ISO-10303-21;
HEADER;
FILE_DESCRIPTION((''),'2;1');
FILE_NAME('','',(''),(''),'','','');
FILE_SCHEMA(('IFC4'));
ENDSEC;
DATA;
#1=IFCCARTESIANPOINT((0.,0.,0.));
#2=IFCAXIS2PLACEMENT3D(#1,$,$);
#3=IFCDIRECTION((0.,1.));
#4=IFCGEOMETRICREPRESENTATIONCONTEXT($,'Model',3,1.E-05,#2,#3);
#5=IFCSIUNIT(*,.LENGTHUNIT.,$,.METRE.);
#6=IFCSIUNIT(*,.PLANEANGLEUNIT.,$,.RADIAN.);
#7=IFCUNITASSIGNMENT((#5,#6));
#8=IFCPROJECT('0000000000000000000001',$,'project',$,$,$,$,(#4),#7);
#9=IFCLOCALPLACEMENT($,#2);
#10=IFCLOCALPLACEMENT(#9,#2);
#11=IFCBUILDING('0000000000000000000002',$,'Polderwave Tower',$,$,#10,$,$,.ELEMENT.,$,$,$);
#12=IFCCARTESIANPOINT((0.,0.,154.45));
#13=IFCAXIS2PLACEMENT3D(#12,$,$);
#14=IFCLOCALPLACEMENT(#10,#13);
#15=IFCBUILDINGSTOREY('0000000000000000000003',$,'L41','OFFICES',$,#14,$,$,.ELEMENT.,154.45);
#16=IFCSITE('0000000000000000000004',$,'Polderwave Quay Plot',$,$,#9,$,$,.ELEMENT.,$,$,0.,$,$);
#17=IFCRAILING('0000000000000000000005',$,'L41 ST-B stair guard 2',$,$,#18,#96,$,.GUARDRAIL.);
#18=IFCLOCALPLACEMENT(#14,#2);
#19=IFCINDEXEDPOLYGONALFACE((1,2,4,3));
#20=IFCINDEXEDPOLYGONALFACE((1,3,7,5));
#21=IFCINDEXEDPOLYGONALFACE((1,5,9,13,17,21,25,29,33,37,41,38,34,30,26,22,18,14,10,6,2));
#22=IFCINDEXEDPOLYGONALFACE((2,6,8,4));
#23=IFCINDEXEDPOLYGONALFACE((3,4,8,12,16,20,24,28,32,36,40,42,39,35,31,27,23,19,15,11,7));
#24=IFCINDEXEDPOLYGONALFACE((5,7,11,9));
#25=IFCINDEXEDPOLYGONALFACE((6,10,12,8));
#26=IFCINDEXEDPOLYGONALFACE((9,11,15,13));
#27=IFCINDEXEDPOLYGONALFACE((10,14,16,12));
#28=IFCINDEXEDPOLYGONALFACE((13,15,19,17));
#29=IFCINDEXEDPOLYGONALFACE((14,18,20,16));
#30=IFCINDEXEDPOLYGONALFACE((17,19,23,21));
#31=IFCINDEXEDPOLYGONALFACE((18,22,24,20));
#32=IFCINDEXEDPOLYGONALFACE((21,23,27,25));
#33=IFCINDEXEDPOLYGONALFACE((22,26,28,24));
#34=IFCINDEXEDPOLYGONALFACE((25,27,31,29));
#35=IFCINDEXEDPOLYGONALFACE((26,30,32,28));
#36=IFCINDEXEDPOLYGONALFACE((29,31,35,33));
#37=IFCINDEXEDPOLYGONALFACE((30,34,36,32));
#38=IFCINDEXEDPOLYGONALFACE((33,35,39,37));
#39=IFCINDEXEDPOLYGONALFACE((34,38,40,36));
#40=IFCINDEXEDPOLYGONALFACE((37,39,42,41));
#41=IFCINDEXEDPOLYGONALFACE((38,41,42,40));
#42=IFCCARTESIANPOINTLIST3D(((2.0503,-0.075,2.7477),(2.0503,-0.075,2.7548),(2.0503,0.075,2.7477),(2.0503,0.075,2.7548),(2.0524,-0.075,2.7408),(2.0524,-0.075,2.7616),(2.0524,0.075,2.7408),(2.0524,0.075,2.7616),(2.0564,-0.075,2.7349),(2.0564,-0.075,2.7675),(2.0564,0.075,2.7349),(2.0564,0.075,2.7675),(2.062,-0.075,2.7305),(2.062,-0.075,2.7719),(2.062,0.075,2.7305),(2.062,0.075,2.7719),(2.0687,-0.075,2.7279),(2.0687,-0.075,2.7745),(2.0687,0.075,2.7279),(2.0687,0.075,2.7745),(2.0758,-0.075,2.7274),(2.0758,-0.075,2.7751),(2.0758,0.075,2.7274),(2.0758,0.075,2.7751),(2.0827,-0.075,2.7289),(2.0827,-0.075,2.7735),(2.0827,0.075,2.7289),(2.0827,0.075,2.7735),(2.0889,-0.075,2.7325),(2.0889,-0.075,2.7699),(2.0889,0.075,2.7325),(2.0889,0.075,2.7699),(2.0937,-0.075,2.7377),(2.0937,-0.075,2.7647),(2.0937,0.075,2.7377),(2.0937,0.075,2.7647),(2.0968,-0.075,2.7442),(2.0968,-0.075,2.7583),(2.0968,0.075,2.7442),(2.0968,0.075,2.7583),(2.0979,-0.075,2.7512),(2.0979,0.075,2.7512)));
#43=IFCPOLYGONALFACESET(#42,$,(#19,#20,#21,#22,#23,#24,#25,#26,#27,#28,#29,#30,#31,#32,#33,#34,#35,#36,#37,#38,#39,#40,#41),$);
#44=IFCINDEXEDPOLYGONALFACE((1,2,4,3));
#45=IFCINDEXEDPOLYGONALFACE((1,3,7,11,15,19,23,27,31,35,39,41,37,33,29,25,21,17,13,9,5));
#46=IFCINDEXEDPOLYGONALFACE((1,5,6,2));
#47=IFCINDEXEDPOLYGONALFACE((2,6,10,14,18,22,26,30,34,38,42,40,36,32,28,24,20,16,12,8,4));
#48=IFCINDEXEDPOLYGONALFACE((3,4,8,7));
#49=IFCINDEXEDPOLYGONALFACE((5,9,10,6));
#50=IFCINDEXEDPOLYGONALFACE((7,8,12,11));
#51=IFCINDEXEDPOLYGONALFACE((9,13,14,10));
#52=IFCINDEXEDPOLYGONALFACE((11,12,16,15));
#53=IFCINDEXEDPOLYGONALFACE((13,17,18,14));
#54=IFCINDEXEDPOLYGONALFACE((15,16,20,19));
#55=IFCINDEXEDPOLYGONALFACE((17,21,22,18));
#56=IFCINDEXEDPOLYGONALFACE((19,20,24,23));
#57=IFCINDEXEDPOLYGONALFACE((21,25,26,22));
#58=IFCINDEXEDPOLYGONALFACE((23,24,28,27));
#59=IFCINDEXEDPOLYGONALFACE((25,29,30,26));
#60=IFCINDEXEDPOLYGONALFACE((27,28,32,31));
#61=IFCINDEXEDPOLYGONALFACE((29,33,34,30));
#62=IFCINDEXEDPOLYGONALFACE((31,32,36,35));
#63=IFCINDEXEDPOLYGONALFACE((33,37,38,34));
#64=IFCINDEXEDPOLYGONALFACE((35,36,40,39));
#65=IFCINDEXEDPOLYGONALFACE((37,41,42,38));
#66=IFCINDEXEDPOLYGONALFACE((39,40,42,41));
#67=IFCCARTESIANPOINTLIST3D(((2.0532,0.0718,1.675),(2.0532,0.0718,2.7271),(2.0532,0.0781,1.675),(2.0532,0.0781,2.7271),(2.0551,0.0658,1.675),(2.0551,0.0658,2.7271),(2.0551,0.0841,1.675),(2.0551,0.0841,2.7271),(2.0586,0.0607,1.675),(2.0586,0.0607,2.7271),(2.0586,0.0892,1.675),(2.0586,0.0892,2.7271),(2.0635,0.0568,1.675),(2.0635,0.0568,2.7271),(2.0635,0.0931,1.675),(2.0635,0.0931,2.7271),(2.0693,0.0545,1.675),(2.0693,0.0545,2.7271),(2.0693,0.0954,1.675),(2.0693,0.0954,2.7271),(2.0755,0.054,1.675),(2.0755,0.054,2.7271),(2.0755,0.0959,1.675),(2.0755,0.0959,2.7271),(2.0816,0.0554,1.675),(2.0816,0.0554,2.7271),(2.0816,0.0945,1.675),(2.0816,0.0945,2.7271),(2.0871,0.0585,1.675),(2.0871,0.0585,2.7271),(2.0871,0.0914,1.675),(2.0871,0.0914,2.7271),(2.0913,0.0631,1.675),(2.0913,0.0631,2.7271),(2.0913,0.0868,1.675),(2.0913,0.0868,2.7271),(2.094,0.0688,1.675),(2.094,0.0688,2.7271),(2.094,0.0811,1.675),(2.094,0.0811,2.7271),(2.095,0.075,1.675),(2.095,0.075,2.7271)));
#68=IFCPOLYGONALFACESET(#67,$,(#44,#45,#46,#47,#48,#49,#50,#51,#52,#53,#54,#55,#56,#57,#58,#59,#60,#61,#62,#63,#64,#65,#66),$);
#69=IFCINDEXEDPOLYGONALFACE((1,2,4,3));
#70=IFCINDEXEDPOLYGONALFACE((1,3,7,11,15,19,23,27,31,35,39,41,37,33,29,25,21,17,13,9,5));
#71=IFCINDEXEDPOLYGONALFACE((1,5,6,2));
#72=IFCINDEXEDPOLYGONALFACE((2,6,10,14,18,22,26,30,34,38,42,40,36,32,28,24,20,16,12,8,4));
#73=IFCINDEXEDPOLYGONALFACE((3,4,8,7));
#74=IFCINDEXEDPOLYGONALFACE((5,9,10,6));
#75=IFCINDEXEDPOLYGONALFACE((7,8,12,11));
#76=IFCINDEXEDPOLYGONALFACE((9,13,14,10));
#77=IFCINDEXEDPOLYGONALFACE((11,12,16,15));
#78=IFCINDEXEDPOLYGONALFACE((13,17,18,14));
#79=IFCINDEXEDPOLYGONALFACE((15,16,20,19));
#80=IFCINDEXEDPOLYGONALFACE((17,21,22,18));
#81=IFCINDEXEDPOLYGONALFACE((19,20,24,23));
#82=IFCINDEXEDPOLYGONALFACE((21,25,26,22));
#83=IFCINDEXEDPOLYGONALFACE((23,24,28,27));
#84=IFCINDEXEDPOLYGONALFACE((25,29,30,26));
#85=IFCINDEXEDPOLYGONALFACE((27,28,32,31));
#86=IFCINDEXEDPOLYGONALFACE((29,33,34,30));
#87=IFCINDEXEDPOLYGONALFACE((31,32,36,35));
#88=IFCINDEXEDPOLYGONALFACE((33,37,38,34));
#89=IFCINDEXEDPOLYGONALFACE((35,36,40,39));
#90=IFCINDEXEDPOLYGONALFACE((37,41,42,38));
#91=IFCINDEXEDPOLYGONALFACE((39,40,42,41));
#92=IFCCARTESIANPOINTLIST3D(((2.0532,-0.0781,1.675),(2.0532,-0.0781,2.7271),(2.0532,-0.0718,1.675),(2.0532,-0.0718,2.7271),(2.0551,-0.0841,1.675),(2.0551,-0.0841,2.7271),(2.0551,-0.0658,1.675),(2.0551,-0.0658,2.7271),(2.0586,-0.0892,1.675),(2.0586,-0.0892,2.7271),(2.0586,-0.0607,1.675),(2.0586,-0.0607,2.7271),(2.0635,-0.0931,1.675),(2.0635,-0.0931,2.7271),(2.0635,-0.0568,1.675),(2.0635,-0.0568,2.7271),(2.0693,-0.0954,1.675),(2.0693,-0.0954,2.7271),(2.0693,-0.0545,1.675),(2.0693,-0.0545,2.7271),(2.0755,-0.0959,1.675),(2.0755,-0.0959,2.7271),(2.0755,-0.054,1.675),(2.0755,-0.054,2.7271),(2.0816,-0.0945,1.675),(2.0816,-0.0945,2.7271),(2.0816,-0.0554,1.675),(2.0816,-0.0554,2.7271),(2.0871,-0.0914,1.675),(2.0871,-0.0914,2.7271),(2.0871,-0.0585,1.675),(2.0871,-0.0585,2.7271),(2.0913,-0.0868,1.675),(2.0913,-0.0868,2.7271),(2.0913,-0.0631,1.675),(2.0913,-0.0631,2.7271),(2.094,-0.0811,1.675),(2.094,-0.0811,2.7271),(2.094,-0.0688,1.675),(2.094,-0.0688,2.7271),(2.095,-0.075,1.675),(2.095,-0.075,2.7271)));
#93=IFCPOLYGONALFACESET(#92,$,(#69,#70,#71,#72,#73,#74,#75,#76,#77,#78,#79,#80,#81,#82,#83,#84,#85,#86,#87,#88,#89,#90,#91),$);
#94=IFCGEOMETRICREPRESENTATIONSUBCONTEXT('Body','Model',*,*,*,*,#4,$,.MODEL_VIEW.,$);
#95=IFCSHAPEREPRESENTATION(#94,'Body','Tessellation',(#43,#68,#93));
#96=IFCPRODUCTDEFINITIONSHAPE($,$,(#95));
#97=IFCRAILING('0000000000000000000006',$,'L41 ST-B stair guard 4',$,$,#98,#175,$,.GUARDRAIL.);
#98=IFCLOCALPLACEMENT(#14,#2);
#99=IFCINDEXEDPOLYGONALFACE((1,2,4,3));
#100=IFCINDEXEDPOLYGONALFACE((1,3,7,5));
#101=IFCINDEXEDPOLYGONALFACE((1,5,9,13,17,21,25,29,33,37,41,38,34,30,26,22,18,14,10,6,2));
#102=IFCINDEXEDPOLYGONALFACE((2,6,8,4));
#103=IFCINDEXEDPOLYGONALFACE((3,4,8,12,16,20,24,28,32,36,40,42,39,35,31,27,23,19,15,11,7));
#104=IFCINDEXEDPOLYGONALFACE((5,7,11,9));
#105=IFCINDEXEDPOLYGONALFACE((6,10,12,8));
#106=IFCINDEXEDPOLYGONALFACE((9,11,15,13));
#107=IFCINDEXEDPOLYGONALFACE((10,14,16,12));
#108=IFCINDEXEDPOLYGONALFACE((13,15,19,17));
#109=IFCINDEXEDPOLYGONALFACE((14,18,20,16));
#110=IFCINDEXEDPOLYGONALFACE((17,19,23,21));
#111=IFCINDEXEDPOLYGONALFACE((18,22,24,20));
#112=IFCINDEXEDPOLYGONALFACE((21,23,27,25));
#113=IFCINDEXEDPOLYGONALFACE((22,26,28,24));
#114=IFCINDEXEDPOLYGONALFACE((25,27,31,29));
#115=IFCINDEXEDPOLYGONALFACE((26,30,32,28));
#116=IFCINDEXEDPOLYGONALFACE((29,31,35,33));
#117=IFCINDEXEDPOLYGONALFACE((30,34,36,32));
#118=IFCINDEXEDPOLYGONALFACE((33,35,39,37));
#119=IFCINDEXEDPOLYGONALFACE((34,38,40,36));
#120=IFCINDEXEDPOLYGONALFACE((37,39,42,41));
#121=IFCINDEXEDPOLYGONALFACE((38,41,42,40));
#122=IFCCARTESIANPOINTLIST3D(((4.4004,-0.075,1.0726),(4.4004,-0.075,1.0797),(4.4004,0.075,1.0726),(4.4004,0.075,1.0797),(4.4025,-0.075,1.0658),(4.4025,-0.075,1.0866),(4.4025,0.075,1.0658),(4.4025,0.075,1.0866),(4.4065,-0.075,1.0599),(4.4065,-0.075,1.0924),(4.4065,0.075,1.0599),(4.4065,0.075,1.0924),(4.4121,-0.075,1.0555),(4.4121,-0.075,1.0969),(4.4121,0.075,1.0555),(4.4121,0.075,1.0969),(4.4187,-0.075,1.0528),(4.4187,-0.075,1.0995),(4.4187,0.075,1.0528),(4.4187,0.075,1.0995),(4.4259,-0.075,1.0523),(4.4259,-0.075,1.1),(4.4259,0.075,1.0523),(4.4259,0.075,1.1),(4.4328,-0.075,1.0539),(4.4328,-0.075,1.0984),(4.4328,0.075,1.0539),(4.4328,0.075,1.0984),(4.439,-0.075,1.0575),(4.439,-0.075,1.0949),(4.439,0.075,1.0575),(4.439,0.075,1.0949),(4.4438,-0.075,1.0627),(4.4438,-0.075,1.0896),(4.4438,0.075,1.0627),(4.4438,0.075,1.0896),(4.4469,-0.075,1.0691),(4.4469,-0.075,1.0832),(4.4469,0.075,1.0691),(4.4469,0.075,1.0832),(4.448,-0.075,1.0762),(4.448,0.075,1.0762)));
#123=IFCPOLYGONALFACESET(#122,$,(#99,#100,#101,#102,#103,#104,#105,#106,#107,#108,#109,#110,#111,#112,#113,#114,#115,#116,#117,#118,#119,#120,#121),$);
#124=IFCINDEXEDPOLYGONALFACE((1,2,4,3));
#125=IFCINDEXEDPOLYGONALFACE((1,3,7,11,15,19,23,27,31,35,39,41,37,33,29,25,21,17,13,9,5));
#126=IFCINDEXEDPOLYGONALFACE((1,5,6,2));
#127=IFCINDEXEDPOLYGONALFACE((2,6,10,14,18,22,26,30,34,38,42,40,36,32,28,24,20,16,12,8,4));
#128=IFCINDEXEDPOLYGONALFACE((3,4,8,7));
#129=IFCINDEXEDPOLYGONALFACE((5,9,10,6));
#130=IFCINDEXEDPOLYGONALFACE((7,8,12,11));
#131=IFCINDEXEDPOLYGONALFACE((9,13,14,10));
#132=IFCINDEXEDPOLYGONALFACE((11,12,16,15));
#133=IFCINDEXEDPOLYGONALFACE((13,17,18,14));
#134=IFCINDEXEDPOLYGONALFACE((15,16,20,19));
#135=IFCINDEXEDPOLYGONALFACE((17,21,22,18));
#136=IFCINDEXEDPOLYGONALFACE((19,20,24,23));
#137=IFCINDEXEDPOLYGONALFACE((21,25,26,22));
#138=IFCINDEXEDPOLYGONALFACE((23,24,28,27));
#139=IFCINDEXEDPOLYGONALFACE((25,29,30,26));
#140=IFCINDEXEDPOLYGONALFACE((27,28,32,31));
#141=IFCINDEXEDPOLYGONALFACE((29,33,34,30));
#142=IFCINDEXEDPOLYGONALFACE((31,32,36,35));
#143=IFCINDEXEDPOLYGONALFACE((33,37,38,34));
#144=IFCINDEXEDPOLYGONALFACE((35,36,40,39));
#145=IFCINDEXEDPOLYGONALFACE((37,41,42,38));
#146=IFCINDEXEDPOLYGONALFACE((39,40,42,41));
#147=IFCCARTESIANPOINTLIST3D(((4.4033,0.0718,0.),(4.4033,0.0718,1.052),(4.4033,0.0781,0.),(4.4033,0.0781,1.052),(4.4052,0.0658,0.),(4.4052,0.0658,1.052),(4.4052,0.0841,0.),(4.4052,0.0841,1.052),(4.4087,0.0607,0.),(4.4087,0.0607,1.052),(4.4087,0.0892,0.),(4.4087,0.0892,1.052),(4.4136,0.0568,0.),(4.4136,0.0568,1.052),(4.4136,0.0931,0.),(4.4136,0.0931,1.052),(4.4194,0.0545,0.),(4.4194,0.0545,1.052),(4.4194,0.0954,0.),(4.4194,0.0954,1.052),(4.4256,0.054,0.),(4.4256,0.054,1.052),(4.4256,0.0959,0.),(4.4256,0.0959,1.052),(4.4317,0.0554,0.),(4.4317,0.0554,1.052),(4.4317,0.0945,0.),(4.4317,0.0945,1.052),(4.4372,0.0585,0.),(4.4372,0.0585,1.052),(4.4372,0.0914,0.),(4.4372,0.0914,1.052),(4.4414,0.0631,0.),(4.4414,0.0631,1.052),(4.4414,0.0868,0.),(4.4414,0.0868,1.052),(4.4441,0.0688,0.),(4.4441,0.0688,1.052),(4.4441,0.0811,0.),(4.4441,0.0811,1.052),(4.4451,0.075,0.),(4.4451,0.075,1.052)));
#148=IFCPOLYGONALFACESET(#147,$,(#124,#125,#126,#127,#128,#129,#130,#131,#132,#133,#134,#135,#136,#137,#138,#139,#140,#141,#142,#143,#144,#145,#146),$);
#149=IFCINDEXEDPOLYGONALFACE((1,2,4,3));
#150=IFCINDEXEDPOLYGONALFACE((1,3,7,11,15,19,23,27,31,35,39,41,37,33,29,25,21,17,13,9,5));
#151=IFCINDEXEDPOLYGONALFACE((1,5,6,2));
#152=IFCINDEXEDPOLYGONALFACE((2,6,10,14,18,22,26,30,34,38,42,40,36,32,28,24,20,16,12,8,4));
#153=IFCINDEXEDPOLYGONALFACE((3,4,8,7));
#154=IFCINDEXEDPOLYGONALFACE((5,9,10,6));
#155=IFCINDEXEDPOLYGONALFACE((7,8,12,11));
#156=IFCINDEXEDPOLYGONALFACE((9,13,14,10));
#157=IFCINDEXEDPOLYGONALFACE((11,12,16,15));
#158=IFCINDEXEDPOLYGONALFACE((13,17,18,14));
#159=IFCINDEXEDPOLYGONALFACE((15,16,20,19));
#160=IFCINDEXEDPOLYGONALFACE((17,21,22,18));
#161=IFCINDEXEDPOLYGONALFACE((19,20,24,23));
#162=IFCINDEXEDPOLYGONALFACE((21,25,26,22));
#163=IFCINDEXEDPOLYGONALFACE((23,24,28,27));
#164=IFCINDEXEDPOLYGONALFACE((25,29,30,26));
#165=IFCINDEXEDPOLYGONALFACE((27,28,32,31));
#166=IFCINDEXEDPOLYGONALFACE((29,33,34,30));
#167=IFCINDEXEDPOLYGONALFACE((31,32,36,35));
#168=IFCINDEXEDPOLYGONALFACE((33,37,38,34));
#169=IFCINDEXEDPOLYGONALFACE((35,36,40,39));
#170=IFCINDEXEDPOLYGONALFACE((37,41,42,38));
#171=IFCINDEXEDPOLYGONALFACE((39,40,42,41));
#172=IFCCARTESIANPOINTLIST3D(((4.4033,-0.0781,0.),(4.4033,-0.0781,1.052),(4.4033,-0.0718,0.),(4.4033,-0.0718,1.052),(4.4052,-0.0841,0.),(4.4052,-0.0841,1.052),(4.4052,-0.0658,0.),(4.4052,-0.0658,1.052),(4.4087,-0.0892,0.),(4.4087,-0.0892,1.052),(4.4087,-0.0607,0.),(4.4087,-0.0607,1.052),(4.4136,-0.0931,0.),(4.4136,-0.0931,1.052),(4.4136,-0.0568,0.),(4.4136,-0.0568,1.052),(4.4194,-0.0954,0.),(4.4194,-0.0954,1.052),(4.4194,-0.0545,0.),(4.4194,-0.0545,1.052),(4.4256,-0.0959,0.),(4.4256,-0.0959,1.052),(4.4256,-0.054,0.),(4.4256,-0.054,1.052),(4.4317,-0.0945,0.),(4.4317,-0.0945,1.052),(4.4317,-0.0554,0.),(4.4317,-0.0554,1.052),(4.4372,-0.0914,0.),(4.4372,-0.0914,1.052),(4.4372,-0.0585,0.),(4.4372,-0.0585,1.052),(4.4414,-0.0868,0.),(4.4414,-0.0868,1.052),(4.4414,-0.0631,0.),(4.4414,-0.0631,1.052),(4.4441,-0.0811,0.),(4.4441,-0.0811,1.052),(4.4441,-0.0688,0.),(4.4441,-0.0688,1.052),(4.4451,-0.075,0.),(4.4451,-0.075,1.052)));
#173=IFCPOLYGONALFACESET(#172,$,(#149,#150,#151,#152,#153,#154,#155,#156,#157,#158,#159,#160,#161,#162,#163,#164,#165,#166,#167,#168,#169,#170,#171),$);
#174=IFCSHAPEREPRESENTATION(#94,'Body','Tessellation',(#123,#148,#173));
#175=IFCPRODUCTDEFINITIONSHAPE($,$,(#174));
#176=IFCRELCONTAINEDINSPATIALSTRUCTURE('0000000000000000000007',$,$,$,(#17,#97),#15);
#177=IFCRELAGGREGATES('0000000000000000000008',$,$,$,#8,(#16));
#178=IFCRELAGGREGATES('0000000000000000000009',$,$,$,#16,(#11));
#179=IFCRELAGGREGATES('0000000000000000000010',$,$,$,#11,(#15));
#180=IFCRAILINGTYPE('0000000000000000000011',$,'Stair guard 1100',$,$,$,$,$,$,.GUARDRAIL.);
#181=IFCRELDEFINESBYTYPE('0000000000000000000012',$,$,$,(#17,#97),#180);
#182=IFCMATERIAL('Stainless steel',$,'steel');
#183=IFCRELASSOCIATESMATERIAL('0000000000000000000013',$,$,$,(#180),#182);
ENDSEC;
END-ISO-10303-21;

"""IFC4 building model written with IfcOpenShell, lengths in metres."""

from ifc_helpers import new_model, si_unit, direction, frame, origin, origin_2d, place, context, subcontext, project, spatial, circle, extrude, material, type_object, element, save


model = new_model("IFC4")

# Units and contexts
model_context = context("Model", 3, precision=1e-05, world=origin(), true_north=direction((0.0, 1.0)))
body_context = subcontext(model_context, "Body", "Model", "MODEL_VIEW")
ifc_project = project(units=[si_unit("LENGTHUNIT", "METRE"), si_unit("PLANEANGLEUNIT", "RADIAN")], contexts=[model_context])

# Site, building, storey
site_placement = place(None, origin())
site = spatial("IfcSite", under=ifc_project, at=site_placement, Name="Polderwave Quay Plot", CompositionType="ELEMENT", RefElevation=0.0)
building_placement = place(site_placement, origin())
building = spatial("IfcBuilding", under=site, at=building_placement, Name="Polderwave Tower", CompositionType="ELEMENT")
storey_placement = place(building_placement, frame((0.0, 0.0, 154.45)))
storey = spatial("IfcBuildingStorey", under=building, at=storey_placement, Name="L41", Description="OFFICES", CompositionType="ELEMENT", Elevation=154.45)

# Shared definitions
ifc_material_1 = material(Name="Stainless steel", Category="steel")

# Railings
railing_type_1 = type_object("IfcRailingType", Name="Stair guard 1100", PredefinedType="GUARDRAIL", material=ifc_material_1)
for number, where, name in (
    (1, (2.074, 0.075, 1.675), "L41 ST-B stair guard 2"),
    (2, (4.4241, 0.075, 0.0), "L41 ST-B stair guard 4"),
):
    element("IfcRailing", number, at=place(storey_placement, frame(where)), inside=storey, type_object=railing_type_1, Name=name, PredefinedType="GUARDRAIL", context=body_context, shape_type="SweptSolid", body=[
        extrude(circle(Radius=0.0239, at=origin_2d()), frame((0.0, 0.0, 1.0762), z_axis=(0.0, -1.0, 0.0), x_axis=(1.0, 0.0, 0.0)), (0.0, 0.0, 1.0), 0.1499),
        extrude(circle(Radius=0.021, at=origin_2d()), origin(), (0.0, 0.0, 1.0), 1.052),
        extrude(circle(Radius=0.021, at=origin_2d()), frame((0.0, -0.1499, 0.0)), (0.0, 0.0, 1.0), 1.052),
    ])

save(model, "model.ifc")
